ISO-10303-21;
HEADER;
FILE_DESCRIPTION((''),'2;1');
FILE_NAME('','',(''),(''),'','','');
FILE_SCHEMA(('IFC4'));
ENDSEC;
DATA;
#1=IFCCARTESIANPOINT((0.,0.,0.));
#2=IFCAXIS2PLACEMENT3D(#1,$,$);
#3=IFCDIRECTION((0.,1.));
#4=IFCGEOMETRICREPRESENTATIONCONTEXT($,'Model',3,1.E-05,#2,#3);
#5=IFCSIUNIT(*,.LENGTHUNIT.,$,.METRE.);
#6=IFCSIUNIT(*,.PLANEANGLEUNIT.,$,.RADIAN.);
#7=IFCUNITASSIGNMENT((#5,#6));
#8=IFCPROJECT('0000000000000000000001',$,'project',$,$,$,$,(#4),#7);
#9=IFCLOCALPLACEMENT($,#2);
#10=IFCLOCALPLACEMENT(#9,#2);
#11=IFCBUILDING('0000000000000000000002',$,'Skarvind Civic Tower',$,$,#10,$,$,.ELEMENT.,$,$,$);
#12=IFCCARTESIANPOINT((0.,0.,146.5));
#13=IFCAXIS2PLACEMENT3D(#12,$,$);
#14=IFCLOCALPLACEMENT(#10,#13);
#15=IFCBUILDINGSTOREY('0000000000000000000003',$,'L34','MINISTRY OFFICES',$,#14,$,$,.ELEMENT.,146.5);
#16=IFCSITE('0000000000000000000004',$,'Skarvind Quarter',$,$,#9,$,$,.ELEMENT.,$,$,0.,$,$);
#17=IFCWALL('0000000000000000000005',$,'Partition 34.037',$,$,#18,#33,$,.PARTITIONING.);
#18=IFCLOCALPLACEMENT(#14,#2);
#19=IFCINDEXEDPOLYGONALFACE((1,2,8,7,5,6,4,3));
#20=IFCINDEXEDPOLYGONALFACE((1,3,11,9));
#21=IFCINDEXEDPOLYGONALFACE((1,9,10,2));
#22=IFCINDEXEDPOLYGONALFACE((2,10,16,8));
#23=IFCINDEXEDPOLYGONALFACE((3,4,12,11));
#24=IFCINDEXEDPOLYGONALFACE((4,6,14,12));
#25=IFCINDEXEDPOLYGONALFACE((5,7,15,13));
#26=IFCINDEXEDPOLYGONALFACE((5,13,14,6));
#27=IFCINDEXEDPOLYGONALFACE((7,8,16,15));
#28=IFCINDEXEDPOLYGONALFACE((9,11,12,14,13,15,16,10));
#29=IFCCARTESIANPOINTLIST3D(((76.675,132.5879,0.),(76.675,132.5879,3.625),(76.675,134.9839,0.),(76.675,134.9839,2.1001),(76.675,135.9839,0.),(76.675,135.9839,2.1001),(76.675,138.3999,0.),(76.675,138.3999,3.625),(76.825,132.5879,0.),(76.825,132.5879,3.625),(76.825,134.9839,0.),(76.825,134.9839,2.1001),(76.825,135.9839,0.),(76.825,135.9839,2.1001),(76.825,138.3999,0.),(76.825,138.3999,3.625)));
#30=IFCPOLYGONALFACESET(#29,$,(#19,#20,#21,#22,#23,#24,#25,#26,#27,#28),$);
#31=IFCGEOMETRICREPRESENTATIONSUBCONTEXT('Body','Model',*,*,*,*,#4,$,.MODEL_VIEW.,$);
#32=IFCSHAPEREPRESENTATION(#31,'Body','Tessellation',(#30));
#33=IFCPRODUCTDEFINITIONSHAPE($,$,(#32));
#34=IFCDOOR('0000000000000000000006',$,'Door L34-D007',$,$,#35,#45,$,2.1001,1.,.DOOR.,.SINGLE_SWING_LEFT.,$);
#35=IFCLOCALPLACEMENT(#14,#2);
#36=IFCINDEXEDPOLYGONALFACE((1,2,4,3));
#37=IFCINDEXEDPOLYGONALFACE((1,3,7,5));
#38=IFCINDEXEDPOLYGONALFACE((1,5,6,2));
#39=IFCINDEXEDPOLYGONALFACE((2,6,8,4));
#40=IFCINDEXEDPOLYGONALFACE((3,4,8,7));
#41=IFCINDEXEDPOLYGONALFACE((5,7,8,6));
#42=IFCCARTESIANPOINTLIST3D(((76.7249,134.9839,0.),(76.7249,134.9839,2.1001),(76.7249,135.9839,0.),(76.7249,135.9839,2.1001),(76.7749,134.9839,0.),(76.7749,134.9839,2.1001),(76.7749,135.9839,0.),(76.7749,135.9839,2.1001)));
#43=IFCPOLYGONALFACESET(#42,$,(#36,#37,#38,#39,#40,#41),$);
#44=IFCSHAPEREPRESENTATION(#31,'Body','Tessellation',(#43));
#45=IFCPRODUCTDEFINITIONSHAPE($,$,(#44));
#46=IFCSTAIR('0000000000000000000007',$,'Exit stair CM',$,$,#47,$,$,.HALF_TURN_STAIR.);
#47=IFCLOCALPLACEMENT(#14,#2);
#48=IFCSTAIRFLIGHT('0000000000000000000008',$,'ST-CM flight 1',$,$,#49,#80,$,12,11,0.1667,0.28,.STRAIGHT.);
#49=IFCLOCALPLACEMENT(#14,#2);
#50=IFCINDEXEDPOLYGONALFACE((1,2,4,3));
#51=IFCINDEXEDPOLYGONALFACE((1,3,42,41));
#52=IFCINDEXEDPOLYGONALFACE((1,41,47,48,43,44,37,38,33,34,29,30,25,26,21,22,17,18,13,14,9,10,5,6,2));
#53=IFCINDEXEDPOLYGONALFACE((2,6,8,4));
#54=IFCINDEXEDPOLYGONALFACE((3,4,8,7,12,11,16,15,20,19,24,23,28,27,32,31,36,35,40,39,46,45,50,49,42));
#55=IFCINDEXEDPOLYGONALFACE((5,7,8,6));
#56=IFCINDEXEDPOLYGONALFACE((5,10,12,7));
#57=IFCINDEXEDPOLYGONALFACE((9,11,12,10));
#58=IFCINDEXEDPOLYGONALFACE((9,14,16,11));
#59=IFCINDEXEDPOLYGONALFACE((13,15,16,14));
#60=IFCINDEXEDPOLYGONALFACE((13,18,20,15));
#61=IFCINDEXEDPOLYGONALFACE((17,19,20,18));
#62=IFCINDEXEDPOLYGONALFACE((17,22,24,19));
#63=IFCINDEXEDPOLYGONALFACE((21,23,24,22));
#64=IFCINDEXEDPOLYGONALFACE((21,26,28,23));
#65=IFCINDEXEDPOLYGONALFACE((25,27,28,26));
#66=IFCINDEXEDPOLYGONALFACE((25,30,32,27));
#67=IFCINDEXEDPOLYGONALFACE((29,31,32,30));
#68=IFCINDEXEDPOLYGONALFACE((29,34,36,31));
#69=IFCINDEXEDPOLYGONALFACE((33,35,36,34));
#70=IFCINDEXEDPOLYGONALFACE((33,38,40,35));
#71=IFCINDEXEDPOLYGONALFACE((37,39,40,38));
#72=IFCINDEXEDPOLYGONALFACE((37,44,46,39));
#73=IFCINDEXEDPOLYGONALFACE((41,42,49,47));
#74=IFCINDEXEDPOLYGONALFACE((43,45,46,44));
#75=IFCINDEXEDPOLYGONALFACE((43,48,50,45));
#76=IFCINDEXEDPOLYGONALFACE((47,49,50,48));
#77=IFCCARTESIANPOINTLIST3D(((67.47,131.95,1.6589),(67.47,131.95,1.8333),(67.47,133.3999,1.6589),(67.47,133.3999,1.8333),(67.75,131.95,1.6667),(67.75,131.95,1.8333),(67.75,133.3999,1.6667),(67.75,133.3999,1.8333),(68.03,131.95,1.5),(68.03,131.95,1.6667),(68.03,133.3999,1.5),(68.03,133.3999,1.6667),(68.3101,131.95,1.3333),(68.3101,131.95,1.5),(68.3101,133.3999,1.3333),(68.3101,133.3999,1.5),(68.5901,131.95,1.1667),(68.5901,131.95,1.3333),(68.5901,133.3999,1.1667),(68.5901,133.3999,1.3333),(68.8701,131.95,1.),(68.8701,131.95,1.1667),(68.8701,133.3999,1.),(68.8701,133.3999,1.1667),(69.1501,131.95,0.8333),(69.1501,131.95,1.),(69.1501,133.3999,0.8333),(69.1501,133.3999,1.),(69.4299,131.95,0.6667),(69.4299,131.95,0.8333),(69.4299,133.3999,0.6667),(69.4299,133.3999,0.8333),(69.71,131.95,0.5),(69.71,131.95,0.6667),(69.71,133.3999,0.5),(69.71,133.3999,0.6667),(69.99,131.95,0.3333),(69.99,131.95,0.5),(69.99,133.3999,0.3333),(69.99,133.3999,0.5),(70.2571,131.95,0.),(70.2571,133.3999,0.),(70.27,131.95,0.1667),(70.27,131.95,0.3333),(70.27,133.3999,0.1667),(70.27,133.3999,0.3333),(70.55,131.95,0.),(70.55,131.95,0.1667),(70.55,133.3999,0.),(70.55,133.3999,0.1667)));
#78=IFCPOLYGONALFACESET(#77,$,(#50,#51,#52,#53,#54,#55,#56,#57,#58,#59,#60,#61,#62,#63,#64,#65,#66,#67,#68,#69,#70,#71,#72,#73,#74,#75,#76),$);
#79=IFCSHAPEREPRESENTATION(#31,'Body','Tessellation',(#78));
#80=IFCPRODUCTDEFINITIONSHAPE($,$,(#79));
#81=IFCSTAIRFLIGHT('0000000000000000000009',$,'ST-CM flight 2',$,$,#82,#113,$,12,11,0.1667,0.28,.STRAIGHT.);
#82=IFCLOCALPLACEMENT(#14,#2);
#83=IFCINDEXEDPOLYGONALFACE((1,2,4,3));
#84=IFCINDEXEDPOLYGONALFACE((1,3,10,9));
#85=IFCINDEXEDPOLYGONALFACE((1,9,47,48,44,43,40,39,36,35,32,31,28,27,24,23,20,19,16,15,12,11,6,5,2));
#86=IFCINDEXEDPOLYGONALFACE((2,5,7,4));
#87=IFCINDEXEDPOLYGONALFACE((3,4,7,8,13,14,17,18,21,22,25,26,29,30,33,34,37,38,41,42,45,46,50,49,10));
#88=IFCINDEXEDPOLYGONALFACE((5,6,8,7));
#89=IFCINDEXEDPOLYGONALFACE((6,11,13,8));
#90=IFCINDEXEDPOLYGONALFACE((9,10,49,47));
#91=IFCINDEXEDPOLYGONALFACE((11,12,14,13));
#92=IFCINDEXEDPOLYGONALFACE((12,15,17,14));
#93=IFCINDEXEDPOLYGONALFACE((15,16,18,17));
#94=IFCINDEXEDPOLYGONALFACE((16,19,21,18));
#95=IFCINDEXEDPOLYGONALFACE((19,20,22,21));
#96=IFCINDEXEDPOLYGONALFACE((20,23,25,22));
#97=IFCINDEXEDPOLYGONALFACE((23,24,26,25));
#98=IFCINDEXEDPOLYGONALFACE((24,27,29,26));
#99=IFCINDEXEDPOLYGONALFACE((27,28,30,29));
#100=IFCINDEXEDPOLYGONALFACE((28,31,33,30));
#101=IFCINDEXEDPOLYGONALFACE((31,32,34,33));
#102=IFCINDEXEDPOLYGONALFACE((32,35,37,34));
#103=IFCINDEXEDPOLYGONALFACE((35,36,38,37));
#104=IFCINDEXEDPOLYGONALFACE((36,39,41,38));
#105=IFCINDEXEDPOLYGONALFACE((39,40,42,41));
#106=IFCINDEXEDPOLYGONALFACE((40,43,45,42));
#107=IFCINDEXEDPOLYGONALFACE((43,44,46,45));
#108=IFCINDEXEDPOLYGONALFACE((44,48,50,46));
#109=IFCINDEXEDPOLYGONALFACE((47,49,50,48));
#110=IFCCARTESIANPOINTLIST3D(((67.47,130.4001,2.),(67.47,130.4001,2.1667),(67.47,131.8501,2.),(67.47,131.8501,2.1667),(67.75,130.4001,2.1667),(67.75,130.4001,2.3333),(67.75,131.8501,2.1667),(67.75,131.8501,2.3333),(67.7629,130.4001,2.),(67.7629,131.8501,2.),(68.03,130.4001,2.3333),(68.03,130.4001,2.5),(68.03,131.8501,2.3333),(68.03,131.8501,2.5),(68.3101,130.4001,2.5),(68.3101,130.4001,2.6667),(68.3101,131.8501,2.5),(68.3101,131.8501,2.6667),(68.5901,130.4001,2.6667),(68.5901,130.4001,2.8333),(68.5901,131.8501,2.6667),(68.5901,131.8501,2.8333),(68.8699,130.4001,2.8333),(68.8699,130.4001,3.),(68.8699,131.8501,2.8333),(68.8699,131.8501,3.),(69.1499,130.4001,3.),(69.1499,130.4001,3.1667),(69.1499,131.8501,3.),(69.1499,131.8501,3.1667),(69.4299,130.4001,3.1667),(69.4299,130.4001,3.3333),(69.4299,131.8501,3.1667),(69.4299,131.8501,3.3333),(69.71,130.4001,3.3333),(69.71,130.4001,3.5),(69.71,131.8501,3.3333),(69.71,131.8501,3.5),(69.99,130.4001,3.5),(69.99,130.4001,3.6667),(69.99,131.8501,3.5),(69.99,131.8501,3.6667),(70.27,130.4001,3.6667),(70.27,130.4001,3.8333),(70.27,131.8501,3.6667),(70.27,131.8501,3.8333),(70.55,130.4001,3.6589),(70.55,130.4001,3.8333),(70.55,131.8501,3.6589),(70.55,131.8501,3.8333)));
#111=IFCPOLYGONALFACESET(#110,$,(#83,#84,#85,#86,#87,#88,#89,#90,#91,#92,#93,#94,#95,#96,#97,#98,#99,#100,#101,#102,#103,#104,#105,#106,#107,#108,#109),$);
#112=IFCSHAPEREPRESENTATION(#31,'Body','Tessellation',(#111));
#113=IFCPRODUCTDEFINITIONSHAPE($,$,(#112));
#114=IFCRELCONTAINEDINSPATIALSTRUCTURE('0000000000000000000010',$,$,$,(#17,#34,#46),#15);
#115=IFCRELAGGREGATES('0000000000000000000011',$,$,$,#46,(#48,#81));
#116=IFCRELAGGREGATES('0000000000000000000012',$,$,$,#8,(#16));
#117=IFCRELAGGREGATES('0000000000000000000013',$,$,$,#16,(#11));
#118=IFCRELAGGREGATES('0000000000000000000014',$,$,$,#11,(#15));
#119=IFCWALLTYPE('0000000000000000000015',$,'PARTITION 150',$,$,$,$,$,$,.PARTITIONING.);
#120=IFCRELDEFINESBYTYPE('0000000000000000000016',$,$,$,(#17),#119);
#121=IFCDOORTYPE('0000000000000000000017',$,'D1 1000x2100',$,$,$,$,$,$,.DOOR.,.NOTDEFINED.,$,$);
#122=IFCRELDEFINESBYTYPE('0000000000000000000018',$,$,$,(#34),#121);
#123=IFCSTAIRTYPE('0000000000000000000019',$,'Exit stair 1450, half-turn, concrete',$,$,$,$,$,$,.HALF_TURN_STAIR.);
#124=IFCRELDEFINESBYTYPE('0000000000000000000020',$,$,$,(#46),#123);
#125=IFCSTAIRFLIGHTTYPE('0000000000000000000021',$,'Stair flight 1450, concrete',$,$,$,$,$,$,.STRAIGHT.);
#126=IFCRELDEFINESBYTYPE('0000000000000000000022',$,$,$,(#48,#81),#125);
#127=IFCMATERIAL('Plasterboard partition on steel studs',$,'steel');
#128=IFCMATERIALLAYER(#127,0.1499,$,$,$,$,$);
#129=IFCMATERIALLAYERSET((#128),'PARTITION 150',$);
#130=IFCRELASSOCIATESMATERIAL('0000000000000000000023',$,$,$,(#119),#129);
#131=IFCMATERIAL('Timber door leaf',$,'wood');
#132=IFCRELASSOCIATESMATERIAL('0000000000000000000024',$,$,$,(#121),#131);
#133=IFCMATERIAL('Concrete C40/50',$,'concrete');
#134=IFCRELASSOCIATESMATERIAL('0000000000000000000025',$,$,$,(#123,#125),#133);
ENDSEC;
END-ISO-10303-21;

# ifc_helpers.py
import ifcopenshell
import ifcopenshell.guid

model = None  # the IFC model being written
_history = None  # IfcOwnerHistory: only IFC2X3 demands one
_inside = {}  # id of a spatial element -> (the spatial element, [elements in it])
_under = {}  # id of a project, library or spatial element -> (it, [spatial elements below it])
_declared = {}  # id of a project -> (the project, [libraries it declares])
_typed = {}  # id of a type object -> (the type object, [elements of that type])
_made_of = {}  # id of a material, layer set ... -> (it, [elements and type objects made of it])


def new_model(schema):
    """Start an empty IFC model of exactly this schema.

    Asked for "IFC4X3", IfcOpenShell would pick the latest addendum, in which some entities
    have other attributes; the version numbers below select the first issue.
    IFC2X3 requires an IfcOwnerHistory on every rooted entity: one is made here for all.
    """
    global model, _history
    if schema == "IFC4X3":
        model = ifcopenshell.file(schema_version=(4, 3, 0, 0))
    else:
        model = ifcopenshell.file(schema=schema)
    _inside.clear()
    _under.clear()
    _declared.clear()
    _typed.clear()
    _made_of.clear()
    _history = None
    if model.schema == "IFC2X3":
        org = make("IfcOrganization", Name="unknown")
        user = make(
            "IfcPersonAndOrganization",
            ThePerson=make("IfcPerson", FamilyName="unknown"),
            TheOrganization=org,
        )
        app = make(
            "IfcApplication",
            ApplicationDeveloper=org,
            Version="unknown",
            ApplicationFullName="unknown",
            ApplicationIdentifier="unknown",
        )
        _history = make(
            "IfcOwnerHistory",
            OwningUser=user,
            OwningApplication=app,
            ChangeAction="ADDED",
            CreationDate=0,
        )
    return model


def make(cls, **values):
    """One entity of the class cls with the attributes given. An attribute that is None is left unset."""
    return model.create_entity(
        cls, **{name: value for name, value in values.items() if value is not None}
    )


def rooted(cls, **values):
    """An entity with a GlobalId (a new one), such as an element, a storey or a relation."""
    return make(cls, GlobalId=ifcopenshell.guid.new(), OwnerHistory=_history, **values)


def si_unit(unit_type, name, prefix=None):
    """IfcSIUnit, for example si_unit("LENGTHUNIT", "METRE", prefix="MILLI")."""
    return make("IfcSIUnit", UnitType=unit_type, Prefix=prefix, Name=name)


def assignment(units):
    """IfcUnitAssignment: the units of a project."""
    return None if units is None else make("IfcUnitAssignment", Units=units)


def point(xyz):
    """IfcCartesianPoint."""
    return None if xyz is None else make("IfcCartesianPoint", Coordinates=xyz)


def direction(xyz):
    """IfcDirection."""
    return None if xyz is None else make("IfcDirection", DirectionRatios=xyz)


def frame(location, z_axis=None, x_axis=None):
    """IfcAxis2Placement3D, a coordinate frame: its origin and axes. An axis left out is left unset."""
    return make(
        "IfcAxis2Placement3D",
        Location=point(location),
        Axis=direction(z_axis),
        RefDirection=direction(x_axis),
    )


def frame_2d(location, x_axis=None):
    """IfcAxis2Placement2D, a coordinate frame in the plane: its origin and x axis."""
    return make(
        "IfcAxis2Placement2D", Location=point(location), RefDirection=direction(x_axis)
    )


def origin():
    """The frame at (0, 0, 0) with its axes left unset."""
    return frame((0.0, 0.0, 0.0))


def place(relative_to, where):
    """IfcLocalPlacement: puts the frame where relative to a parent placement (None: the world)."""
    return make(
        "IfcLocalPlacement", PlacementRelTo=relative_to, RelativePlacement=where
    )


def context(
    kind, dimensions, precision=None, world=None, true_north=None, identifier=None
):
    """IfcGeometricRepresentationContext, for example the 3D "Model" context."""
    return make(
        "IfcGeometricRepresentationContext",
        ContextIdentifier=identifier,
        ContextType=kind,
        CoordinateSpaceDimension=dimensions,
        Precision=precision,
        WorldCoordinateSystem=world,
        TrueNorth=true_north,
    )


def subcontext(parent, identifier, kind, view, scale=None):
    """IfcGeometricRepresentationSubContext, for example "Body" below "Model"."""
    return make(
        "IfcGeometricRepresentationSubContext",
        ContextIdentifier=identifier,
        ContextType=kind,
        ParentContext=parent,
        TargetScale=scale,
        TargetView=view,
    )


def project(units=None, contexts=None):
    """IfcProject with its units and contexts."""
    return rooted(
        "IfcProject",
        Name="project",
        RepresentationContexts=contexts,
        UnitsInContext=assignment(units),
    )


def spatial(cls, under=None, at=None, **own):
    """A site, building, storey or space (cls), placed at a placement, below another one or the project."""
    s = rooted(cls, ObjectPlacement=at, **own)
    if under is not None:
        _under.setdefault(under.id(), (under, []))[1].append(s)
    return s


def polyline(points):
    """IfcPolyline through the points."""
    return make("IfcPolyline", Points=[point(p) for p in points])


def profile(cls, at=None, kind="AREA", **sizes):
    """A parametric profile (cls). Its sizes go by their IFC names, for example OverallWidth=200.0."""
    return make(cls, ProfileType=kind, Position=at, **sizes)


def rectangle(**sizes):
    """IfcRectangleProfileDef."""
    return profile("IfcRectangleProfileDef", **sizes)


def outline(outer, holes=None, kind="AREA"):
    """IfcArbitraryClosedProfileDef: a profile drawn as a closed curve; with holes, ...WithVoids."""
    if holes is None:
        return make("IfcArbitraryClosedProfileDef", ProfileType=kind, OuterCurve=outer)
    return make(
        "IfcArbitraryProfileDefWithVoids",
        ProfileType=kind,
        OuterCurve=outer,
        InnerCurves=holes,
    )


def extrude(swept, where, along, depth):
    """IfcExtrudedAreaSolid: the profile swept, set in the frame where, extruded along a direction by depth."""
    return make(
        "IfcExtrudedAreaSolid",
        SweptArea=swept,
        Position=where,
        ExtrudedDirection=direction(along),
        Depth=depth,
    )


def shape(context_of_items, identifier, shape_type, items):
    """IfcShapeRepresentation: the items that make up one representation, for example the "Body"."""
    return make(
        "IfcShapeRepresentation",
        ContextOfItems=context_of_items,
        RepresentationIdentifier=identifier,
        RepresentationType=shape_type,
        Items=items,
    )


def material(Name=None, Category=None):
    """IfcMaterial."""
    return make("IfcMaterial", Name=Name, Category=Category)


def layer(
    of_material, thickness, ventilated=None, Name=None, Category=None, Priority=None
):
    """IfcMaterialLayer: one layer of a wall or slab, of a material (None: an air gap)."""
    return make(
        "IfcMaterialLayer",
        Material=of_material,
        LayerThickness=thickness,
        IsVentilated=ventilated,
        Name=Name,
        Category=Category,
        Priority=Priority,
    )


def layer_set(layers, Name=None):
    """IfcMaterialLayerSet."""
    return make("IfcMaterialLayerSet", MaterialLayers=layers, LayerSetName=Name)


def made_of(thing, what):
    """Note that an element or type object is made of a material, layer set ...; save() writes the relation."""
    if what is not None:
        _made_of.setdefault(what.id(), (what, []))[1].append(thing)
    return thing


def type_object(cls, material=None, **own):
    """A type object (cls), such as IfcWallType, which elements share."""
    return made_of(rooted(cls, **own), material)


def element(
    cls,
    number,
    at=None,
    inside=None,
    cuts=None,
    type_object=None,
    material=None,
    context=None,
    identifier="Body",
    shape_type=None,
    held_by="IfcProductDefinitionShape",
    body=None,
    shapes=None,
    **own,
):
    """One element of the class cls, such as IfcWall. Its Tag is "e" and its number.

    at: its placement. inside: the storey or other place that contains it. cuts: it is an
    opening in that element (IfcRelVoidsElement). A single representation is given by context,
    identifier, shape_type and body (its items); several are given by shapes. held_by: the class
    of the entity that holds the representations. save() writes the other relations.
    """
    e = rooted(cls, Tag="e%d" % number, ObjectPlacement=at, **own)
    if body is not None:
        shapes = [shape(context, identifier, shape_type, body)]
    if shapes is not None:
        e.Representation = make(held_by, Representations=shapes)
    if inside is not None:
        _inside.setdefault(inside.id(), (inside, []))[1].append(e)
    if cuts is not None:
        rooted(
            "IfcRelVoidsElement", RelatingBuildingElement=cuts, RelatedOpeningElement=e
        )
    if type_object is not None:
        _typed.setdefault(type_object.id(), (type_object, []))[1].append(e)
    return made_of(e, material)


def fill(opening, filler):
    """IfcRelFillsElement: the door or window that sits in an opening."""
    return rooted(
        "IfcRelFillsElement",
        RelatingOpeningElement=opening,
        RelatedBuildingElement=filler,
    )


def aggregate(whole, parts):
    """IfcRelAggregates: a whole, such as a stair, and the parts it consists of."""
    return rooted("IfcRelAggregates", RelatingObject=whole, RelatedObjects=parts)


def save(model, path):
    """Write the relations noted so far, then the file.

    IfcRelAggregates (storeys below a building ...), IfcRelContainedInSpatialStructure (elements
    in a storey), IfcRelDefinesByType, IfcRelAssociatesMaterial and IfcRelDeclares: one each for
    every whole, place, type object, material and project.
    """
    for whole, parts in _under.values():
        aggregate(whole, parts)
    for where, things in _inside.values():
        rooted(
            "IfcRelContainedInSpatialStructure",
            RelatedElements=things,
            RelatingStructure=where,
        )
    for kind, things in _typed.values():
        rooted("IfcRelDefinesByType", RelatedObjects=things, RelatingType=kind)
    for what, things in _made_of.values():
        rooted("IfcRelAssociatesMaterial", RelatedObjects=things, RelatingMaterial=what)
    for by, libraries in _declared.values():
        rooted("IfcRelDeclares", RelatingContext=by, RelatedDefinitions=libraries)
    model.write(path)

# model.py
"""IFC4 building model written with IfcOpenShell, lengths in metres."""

from ifc_helpers import new_model, si_unit, direction, frame, frame_2d, origin, place, context, subcontext, project, spatial, polyline, rectangle, outline, extrude, material, layer, layer_set, type_object, element, fill, aggregate, save


model = new_model("IFC4")

# Units and contexts
model_context = context("Model", 3, precision=1e-05, world=origin(), true_north=direction((0.0, 1.0)))
body_context = subcontext(model_context, "Body", "Model", "MODEL_VIEW")
ifc_project = project(units=[si_unit("LENGTHUNIT", "METRE"), si_unit("PLANEANGLEUNIT", "RADIAN")], contexts=[model_context])

# Site, building, storey
site_placement = place(None, origin())
site = spatial("IfcSite", under=ifc_project, at=site_placement, Name="Skarvind Quarter", CompositionType="ELEMENT", RefElevation=0.0)
building_placement = place(site_placement, origin())
building = spatial("IfcBuilding", under=site, at=building_placement, Name="Skarvind Civic Tower", CompositionType="ELEMENT")
storey_placement = place(building_placement, frame((0.0, 0.0, 146.5)))
storey = spatial("IfcBuildingStorey", under=building, at=storey_placement, Name="L34", Description="MINISTRY OFFICES", CompositionType="ELEMENT", Elevation=146.5)

# Shared definitions
ifc_material_1 = material(Name="Timber door leaf", Category="wood")

# Shared definitions
ifc_material_2 = material(Name="Plasterboard partition on steel studs", Category="steel")
ifc_layer_1 = layer(ifc_material_2, 0.1499)
ifc_layer_set_1 = layer_set([ifc_layer_1], Name="PARTITION 150")
wall_type_1 = type_object("IfcWallType", Name="PARTITION 150", PredefinedType="PARTITIONING", material=ifc_layer_set_1)
door_type_1 = type_object("IfcDoorType", Name="D1 1000x2100", OperationType="NOTDEFINED", PredefinedType="DOOR", material=ifc_material_1)

# Wall, opening, door
wall_1_placement = place(storey_placement, frame((76.75, 138.3999, 0.0), z_axis=(0.0, 0.0, 1.0), x_axis=(0.0, -1.0, 0.0)))
wall_1 = element("IfcWall", 1, at=wall_1_placement, inside=storey, type_object=wall_type_1, Name="Partition 34.037", PredefinedType="PARTITIONING", context=body_context, shape_type="SweptSolid", body=[
    extrude(rectangle(XDim=5.812, YDim=0.1499, at=frame_2d((2.906, 0.0))), origin(), (0.0, 0.0, 1.0), 3.625),
])
opening_1_placement = place(wall_1_placement, frame((2.416, 0.0, 0.0)))
opening_1 = element("IfcOpeningElement", 2, at=opening_1_placement, cuts=wall_1, PredefinedType="OPENING", context=body_context, shape_type="SweptSolid", body=[
    extrude(rectangle(XDim=1.0, YDim=2.1001, at=frame_2d((0.5, 1.05))), frame((0.0, 0.085, 0.0), z_axis=(0.0, -1.0, 0.0), x_axis=(1.0, 0.0, 0.0)), (0.0, 0.0, 1.0), 0.1699),
])
door_1_placement = place(opening_1_placement, origin())
door_1 = element("IfcDoor", 3, at=door_1_placement, inside=storey, type_object=door_type_1, Name="Door L34-D007", OperationType="SINGLE_SWING_LEFT", OverallHeight=2.1001, OverallWidth=1.0, PredefinedType="DOOR", context=body_context, shape_type="SweptSolid", body=[
    extrude(rectangle(XDim=1.0, YDim=2.1001, at=frame_2d((0.5, 1.05))), frame((0.0, 0.0249, 0.0), z_axis=(0.0, -1.0, 0.0), x_axis=(1.0, 0.0, 0.0)), (0.0, 0.0, 1.0), 0.05),
])
fill(opening_1, door_1)

# Stair, stair flights
ifc_material_3 = material(Name="Concrete C40/50", Category="concrete")
stair_type = type_object("IfcStairType", Name="Exit stair 1450, half-turn, concrete", PredefinedType="HALF_TURN_STAIR", material=ifc_material_3)
stair_placement = place(storey_placement, origin())
stair = element("IfcStair", 4, at=stair_placement, inside=storey, type_object=stair_type, Name="Exit stair CM", PredefinedType="HALF_TURN_STAIR")
stair_flight_type = type_object("IfcStairFlightType", Name="Stair flight 1450, concrete", PredefinedType="STRAIGHT", material=ifc_material_3)
stair_flight_1_placement = place(storey_placement, frame((70.55, 132.675, 0.0), z_axis=(0.0, 0.0, 1.0), x_axis=(-1.0, 0.0, 0.0)))
stair_flight_1 = element("IfcStairFlight", 5, at=stair_flight_1_placement, type_object=stair_flight_type, Name="ST-CM flight 1", NumberOfRisers=12, NumberOfTreads=11, PredefinedType="STRAIGHT", RiserHeight=0.1667, TreadLength=0.28, context=body_context, shape_type="SweptSolid", body=[
    extrude(outline(polyline([(0.0, 0.0), (0.0, 0.1667), (0.28, 0.1667), (0.28, 0.3333), (0.5601, 0.3333), (0.5601, 0.5), (0.8401, 0.5), (0.8401, 0.6667), (1.1201, 0.6667), (1.1201, 0.8333), (1.3999, 0.8333), (1.3999, 1.0), (1.6799, 1.0), (1.6799, 1.1667), (1.96, 1.1667), (1.96, 1.3333), (2.24, 1.3333), (2.24, 1.5), (2.52, 1.5), (2.52, 1.6667), (2.8, 1.6667), (2.8, 1.8333), (3.0801, 1.8333), (3.0801, 2.0), (3.0801, 1.6589), (0.293, 0.0), (0.0, 0.0)])), frame((0.0, 0.7251, 0.0), z_axis=(0.0, -1.0, 0.0), x_axis=(1.0, 0.0, 0.0)), (0.0, 0.0, 1.0), 1.45),
])
stair_flight_2_placement = place(storey_placement, frame((67.47, 131.125, 2.0), z_axis=(0.0, 0.0, 1.0), x_axis=(1.0, 0.0, 0.0)))
stair_flight_2 = element("IfcStairFlight", 6, at=stair_flight_2_placement, type_object=stair_flight_type, Name="ST-CM flight 2", NumberOfRisers=12, NumberOfTreads=11, PredefinedType="STRAIGHT", RiserHeight=0.1667, TreadLength=0.28, context=body_context, shape_type="SweptSolid", body=[
    extrude(outline(polyline([(0.0, 0.0), (0.0, 0.1667), (0.28, 0.1667), (0.28, 0.3333), (0.5601, 0.3333), (0.5601, 0.5), (0.8401, 0.5), (0.8401, 0.6667), (1.1201, 0.6667), (1.1201, 0.8333), (1.3999, 0.8333), (1.3999, 1.0), (1.6799, 1.0), (1.6799, 1.1667), (1.96, 1.1667), (1.96, 1.3333), (2.24, 1.3333), (2.24, 1.5), (2.52, 1.5), (2.52, 1.6667), (2.8, 1.6667), (2.8, 1.8333), (3.0801, 1.8333), (3.0801, 2.0), (3.0801, 1.6589), (0.293, 0.0), (0.0, 0.0)])), frame((0.0, 0.7251, 0.0), z_axis=(0.0, -1.0, 0.0), x_axis=(1.0, 0.0, 0.0)), (0.0, 0.0, 1.0), 1.45),
])
aggregate(stair, [stair_flight_1, stair_flight_2])

save(model, "model.ifc")
